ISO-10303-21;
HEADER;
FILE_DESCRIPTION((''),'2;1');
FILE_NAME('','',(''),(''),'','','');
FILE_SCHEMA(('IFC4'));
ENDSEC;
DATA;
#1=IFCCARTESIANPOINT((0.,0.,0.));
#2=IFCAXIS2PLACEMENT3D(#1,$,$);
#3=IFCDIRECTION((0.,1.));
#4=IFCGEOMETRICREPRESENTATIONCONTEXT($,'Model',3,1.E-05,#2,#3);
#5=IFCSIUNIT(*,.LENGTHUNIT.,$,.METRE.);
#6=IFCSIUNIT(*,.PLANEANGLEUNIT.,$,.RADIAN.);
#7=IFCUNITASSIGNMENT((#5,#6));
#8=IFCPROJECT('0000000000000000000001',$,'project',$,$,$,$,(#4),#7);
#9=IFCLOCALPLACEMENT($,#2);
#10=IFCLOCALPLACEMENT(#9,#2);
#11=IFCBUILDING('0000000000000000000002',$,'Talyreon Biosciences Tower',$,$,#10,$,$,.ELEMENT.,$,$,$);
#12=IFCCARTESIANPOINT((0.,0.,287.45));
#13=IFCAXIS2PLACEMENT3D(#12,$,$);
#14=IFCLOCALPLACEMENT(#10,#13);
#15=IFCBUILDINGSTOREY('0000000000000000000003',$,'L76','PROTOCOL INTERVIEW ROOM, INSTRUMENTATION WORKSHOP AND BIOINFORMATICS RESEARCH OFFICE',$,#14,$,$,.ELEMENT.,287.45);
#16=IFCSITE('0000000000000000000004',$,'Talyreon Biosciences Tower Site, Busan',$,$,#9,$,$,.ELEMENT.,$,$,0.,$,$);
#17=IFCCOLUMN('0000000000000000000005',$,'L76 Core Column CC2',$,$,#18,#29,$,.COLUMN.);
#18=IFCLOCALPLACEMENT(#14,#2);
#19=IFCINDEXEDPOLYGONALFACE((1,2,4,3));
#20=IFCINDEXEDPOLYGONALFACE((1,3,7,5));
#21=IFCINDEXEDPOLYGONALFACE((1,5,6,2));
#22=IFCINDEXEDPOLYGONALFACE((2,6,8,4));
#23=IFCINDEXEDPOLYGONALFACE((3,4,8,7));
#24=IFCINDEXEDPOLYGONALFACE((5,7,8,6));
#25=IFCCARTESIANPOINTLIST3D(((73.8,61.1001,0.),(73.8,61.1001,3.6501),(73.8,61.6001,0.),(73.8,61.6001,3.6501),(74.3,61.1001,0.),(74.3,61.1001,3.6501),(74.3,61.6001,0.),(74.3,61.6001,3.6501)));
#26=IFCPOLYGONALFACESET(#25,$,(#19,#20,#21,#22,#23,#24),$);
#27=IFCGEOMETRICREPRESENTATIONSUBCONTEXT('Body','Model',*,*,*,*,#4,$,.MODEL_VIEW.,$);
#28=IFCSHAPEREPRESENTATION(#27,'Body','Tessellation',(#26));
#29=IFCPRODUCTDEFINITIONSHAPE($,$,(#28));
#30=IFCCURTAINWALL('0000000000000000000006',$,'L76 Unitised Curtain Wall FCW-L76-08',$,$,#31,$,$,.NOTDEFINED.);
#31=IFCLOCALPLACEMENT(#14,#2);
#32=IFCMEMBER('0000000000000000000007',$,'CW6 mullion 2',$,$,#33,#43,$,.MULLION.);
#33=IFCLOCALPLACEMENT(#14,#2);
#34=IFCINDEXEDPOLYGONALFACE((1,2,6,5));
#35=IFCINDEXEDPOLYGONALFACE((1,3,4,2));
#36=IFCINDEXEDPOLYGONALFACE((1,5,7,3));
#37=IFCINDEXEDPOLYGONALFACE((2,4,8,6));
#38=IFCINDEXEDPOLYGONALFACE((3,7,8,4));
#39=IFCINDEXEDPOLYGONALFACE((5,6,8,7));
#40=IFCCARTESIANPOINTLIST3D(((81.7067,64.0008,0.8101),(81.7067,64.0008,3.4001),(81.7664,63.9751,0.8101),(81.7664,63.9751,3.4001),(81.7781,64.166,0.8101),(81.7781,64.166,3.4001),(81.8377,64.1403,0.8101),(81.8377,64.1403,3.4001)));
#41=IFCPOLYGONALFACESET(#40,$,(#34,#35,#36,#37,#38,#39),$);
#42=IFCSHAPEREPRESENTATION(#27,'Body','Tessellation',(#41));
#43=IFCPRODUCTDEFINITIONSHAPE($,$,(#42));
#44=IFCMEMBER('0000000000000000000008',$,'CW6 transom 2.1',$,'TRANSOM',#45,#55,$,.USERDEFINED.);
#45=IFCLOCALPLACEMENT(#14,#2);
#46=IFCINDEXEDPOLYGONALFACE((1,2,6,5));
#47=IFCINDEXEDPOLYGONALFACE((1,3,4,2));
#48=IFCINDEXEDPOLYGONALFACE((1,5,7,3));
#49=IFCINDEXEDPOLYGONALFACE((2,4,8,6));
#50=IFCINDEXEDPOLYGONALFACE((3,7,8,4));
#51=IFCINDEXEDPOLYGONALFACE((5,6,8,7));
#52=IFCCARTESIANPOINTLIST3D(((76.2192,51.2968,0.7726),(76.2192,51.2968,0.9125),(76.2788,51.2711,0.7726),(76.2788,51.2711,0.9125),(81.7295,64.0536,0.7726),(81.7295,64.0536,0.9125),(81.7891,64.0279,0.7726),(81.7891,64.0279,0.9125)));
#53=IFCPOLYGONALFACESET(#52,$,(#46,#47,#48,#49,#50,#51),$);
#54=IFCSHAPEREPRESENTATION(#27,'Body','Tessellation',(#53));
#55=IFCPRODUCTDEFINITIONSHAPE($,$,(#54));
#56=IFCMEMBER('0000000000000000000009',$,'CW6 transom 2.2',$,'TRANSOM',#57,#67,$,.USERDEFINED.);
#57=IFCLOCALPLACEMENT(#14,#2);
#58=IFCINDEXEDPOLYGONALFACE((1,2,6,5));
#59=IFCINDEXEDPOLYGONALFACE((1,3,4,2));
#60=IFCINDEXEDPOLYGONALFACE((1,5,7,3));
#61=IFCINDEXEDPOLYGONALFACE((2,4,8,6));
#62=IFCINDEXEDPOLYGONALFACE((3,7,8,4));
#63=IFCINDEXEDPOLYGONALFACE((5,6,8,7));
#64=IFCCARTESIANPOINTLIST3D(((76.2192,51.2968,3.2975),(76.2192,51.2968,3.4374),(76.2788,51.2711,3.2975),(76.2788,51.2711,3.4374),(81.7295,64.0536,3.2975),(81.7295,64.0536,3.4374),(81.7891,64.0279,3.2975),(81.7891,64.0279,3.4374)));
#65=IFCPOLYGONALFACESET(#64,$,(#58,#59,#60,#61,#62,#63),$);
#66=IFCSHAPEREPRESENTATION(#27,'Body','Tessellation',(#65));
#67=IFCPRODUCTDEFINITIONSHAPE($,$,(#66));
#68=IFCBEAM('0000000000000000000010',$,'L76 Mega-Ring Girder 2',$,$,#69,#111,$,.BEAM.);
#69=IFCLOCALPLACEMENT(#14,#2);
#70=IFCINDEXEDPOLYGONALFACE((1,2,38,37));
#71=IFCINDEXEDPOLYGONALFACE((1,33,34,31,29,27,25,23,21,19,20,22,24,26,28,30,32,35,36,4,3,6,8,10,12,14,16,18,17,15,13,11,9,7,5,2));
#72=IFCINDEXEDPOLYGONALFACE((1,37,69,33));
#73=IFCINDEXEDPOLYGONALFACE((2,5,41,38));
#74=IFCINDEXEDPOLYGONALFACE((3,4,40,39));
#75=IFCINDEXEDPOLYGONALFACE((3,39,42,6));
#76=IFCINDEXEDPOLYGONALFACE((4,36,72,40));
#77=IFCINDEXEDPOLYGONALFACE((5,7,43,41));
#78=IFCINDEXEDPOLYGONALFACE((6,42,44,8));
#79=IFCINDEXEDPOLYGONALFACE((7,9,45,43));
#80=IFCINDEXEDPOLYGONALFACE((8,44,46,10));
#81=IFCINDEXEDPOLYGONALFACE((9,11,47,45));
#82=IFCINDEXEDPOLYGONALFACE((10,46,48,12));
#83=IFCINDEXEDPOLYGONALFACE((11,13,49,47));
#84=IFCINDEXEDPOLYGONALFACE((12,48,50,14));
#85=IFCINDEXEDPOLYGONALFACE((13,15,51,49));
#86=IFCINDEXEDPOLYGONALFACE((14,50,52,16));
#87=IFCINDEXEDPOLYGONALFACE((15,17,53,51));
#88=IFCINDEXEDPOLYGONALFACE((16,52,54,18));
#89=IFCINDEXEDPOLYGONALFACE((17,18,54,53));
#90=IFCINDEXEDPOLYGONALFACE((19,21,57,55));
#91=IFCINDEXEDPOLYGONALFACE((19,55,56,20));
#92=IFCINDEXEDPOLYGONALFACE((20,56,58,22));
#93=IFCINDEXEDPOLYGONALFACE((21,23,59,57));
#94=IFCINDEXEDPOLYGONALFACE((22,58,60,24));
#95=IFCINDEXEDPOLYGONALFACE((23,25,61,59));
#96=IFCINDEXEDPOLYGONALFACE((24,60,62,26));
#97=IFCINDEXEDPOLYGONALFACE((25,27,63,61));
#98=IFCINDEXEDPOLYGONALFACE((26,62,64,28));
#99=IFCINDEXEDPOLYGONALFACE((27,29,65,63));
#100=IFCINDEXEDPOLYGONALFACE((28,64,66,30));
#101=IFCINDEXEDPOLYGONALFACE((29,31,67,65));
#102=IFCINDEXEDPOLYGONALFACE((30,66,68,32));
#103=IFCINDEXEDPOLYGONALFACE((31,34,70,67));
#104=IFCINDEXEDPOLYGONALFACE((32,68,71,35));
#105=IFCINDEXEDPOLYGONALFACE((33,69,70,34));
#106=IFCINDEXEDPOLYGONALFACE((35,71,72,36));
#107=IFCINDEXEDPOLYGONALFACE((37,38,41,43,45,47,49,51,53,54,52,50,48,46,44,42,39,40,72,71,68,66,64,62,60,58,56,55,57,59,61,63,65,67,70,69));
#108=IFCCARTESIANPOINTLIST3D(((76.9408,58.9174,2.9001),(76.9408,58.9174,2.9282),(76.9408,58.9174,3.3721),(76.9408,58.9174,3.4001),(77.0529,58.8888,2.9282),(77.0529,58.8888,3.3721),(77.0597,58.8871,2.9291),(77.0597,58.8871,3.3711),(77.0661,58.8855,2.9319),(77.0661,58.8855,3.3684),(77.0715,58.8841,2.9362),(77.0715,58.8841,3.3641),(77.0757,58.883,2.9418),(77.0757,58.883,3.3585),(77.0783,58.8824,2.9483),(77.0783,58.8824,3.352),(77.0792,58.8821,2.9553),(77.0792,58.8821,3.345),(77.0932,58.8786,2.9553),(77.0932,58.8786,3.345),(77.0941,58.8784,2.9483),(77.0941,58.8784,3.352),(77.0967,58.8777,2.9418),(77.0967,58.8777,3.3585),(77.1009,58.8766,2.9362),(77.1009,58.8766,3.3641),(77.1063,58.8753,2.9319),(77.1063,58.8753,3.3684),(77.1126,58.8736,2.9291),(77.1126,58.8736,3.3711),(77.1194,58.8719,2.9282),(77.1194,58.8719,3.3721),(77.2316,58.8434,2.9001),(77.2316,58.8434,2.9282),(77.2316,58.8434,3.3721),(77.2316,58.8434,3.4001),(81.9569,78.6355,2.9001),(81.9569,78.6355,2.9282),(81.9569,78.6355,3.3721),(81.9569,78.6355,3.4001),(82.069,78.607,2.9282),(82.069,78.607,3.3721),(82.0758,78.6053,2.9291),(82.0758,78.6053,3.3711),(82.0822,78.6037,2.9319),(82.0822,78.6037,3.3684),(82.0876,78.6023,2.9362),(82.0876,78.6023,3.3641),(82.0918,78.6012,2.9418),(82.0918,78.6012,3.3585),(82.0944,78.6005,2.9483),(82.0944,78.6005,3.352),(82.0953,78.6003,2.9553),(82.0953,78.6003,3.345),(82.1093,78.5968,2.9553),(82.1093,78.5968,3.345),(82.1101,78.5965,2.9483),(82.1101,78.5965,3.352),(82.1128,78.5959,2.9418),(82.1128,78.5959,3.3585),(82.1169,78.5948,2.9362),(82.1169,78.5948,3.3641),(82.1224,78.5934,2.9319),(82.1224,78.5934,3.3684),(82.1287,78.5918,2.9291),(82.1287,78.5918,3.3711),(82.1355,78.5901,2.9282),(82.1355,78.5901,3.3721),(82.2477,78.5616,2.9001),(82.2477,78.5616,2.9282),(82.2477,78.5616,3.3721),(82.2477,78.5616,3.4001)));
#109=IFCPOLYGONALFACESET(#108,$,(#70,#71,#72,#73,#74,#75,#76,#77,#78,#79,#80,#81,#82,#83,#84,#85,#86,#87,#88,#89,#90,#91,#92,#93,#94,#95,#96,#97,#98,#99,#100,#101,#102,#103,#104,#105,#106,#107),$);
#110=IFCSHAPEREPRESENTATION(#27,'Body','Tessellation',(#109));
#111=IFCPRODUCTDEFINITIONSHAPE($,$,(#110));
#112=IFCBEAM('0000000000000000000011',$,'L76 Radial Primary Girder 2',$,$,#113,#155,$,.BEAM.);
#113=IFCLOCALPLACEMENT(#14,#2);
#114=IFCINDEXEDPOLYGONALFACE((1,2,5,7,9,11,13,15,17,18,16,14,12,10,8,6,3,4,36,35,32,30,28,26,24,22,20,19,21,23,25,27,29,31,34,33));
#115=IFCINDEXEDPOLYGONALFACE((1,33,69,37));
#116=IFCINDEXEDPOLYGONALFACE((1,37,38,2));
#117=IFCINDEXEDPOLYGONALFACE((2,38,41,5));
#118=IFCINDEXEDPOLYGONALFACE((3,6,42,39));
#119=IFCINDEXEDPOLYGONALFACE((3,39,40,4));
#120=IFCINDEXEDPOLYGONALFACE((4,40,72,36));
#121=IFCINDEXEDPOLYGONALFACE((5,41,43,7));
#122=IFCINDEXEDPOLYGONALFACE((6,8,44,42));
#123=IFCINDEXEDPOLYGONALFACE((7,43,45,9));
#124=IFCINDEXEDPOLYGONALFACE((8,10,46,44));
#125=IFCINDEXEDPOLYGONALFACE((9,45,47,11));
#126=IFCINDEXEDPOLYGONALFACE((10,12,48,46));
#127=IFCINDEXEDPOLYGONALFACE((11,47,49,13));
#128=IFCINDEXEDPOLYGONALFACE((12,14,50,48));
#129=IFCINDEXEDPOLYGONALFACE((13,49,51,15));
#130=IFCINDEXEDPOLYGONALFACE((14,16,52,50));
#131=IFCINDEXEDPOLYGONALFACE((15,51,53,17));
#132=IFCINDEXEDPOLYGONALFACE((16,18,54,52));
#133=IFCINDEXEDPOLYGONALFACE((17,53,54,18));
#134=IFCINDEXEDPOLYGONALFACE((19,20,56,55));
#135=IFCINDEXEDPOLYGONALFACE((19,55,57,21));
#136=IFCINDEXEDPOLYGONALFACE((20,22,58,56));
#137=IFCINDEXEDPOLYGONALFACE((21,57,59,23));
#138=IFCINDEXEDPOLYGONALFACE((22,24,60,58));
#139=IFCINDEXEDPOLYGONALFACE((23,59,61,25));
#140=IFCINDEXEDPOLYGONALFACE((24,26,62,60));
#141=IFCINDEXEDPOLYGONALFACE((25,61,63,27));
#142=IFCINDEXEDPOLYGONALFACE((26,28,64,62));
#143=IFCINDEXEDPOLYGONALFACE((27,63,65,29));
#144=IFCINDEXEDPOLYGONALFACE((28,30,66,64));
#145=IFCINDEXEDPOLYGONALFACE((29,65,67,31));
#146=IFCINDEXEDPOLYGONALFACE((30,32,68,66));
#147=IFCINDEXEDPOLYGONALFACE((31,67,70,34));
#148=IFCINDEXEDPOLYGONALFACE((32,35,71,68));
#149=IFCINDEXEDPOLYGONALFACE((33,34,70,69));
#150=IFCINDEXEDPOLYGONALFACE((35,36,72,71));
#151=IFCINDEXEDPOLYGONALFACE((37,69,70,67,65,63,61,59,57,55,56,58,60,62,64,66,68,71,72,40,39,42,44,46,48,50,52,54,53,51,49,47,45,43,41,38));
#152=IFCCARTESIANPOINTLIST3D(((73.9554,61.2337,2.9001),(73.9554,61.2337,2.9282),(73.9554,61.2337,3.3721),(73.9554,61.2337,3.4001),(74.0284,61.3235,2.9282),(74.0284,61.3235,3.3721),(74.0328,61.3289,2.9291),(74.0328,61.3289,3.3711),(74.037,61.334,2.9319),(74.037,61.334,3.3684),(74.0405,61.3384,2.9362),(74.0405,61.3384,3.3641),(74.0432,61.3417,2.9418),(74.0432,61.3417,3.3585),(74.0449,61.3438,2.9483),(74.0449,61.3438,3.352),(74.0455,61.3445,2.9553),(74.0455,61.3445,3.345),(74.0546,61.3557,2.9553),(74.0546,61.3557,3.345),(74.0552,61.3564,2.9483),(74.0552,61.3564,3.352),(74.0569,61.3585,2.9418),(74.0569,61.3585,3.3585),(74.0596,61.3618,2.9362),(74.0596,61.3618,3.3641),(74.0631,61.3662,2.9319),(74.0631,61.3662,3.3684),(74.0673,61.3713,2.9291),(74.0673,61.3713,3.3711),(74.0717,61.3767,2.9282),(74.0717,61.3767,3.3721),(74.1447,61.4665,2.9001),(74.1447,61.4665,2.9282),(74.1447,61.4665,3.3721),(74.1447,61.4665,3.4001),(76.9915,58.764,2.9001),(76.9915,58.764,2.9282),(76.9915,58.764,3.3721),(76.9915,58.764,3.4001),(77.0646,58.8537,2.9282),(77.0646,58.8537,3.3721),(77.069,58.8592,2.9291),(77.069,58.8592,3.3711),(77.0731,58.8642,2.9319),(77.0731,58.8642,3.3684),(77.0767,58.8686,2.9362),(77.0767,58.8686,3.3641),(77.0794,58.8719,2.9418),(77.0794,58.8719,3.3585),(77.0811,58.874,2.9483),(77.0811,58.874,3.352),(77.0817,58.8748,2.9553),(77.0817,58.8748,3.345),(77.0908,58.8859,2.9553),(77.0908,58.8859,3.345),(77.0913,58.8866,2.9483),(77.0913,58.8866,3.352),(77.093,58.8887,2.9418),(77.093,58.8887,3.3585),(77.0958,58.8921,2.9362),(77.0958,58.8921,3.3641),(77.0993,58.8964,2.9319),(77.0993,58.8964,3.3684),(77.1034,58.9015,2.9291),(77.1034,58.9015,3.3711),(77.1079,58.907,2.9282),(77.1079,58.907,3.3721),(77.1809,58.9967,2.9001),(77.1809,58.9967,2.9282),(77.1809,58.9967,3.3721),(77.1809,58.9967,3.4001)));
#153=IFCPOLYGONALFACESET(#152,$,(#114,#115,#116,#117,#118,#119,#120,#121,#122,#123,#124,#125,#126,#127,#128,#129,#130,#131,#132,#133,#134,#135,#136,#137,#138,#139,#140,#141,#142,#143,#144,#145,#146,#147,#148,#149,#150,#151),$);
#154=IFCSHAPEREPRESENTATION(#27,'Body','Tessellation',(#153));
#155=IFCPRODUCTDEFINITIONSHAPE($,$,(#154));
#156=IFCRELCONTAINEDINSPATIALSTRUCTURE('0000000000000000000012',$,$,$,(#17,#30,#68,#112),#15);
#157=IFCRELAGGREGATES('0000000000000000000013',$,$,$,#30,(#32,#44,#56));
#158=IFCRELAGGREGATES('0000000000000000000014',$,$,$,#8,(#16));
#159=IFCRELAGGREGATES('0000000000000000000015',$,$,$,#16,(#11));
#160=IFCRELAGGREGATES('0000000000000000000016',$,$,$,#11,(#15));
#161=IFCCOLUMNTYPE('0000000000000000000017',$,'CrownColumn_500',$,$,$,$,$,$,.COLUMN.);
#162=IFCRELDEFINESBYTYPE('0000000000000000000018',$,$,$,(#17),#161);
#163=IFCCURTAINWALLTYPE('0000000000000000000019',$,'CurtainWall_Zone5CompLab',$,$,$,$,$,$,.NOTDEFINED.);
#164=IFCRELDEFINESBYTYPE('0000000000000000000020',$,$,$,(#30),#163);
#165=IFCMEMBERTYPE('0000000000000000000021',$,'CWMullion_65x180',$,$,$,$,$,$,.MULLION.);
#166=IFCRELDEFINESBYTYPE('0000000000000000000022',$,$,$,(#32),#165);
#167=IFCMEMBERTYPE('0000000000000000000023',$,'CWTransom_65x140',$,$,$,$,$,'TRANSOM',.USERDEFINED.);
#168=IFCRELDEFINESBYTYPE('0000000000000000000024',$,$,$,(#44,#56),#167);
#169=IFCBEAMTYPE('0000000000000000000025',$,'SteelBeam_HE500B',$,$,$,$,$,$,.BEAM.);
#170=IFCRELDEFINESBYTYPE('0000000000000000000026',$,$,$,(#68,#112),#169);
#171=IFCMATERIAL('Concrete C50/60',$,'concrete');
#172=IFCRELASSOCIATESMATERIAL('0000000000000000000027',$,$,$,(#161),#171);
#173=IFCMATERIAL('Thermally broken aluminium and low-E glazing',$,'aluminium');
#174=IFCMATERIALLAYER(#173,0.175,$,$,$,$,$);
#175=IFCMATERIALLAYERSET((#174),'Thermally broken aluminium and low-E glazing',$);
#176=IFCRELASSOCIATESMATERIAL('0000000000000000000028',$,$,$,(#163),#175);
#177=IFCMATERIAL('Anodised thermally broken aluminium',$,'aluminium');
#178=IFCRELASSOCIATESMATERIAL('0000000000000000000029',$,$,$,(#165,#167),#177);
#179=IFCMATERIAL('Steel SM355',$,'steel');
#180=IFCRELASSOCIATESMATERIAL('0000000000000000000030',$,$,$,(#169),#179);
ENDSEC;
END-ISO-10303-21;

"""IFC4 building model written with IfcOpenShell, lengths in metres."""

from ifc_helpers import new_model, si_unit, direction, frame, origin, origin_2d, place, context, subcontext, project, spatial, rectangle, i_section, extrude, material, layer, layer_set, material_profile, profile_set, type_object, element, aggregate, save


model = new_model("IFC4")

# Units and contexts
model_context = context("Model", 3, precision=1e-05, world=origin(), true_north=direction((0.0, 1.0)))
body_context = subcontext(model_context, "Body", "Model", "MODEL_VIEW")
ifc_project = project(units=[si_unit("LENGTHUNIT", "METRE"), si_unit("PLANEANGLEUNIT", "RADIAN")], contexts=[model_context])

# Site, building, storey
site_placement = place(None, origin())
site = spatial("IfcSite", under=ifc_project, at=site_placement, Name="Talyreon Biosciences Tower Site, Busan", CompositionType="ELEMENT", RefElevation=0.0)
building_placement = place(site_placement, origin())
building = spatial("IfcBuilding", under=site, at=building_placement, Name="Talyreon Biosciences Tower", CompositionType="ELEMENT")
storey_placement = place(building_placement, frame((0.0, 0.0, 287.45)))
storey = spatial("IfcBuildingStorey", under=building, at=storey_placement, Name="L76", Description="PROTOCOL INTERVIEW ROOM, INSTRUMENTATION WORKSHOP AND BIOINFORMATICS RESEARCH OFFICE", CompositionType="ELEMENT", Elevation=287.45)

# Column
ifc_material_1 = material(Name="Concrete C50/60", Category="concrete")
ifc_material_profile_1 = material_profile(ifc_material_1, rectangle(XDim=0.5, YDim=0.5, at=origin_2d()), Name="RC 500x500")
ifc_profile_set_1 = profile_set([ifc_material_profile_1], Name="Concrete C50/60")
column_type = type_object("IfcColumnType", Name="CrownColumn_500", PredefinedType="COLUMN", material=ifc_profile_set_1)
column_placement = place(storey_placement, frame((74.05, 61.3501, 0.0), z_axis=(0.0, 0.0, 1.0), x_axis=(1.0, 0.0, 0.0)))
element("IfcColumn", 1, at=column_placement, inside=storey, type_object=column_type, Name="L76 Core Column CC2", PredefinedType="COLUMN", context=body_context, shape_type="SweptSolid", body=[
    extrude(rectangle(XDim=0.5, YDim=0.5, at=origin_2d()), origin(), (0.0, 0.0, 1.0), 3.6501),
])

# Curtain wall, members
ifc_material_2 = material(Name="Thermally broken aluminium and low-E glazing", Category="aluminium")
ifc_layer_1 = layer(ifc_material_2, 0.175)
ifc_layer_set_1 = layer_set([ifc_layer_1], Name="Thermally broken aluminium and low-E glazing")
curtain_wall_type = type_object("IfcCurtainWallType", Name="CurtainWall_Zone5CompLab", PredefinedType="NOTDEFINED", material=ifc_layer_set_1)
curtain_wall_placement = place(storey_placement, origin())
curtain_wall = element("IfcCurtainWall", 2, at=curtain_wall_placement, inside=storey, type_object=curtain_wall_type, Name="L76 Unitised Curtain Wall FCW-L76-08", PredefinedType="NOTDEFINED")
ifc_material_3 = material(Name="Anodised thermally broken aluminium", Category="aluminium")
ifc_material_profile_2 = material_profile(ifc_material_3, rectangle(XDim=0.0649, YDim=0.1799, at=origin_2d()), Name="ALUM MULLION 65x180")
ifc_profile_set_2 = profile_set([ifc_material_profile_2], Name="Anodised thermally broken aluminium")
member_type_1 = type_object("IfcMemberType", Name="CWMullion_65x180", PredefinedType="MULLION", material=ifc_profile_set_2)
member_1_placement = place(storey_placement, frame((81.7722, 64.0706, 0.8101), z_axis=(0.0, 0.0, 1.0), x_axis=(0.918022, -0.396528, 0.0)))
member_1 = element("IfcMember", 3, at=member_1_placement, type_object=member_type_1, Name="CW6 mullion 2", PredefinedType="MULLION", context=body_context, shape_type="SweptSolid", body=[
    extrude(rectangle(XDim=0.0649, YDim=0.1799, at=origin_2d()), origin(), (0.0, 0.0, 1.0), 2.5901),
])
ifc_material_profile_3 = material_profile(ifc_material_3, rectangle(XDim=0.0649, YDim=0.1399, at=origin_2d()), Name="ALUM TRANSOM 65x140")
ifc_profile_set_3 = profile_set([ifc_material_profile_3], Name="Anodised thermally broken aluminium")
member_type_2 = type_object("IfcMemberType", Name="CWTransom_65x140", ElementType="TRANSOM", PredefinedType="USERDEFINED", material=ifc_profile_set_3)
member_2_placement = place(storey_placement, frame((81.7593, 64.0408, 0.8425), z_axis=(-0.396534, -0.91802, 0.0), x_axis=(0.91802, -0.396534, 0.0)))
member_2 = element("IfcMember", 4, at=member_2_placement, type_object=member_type_2, Name="CW6 transom 2.1", ObjectType="TRANSOM", PredefinedType="USERDEFINED", context=body_context, shape_type="SweptSolid", body=[
    extrude(rectangle(XDim=0.0649, YDim=0.1399, at=origin_2d()), origin(), (0.0, 0.0, 1.0), 13.896),
])
member_3_placement = place(storey_placement, frame((81.7593, 64.0408, 3.3674), z_axis=(-0.396534, -0.91802, 0.0), x_axis=(0.91802, -0.396534, 0.0)))
member_3 = element("IfcMember", 5, at=member_3_placement, type_object=member_type_2, Name="CW6 transom 2.2", ObjectType="TRANSOM", PredefinedType="USERDEFINED", context=body_context, shape_type="SweptSolid", body=[
    extrude(rectangle(XDim=0.0649, YDim=0.1399, at=origin_2d()), origin(), (0.0, 0.0, 1.0), 13.896),
])
aggregate(curtain_wall, [member_1, member_2, member_3])

# Beams
ifc_material_4 = material(Name="Steel SM355", Category="steel")
ifc_material_profile_4 = material_profile(ifc_material_4, i_section(OverallWidth=0.3, OverallDepth=0.5, WebThickness=0.0144, FlangeThickness=0.0281, FilletRadius=0.0271, at=origin_2d()), Name="HE500B")
ifc_profile_set_4 = profile_set([ifc_material_profile_4], Name="Steel SM355")
beam_type_1 = type_object("IfcBeamType", Name="SteelBeam_HE500B", PredefinedType="BEAM", material=ifc_profile_set_4)
beam_1_placement = place(storey_placement, frame((77.0862, 58.8804, 3.1501), z_axis=(0.246537, 0.969133, 0.0), x_axis=(-0.969133, 0.246537, 0.0)))
element("IfcBeam", 6, at=beam_1_placement, inside=storey, type_object=beam_type_1, Name="L76 Mega-Ring Girder 2", PredefinedType="BEAM", context=body_context, shape_type="SweptSolid", body=[
    extrude(i_section(OverallWidth=0.3, OverallDepth=0.5, WebThickness=0.0144, FlangeThickness=0.0281, FilletRadius=0.0271, at=origin_2d()), origin(), (0.0, 0.0, 1.0), 20.3462),
])
beam_2_placement = place(storey_placement, frame((74.05, 61.3501, 3.1501), z_axis=(0.775755, -0.631034, 0.0), x_axis=(0.631034, 0.775755, 0.0)))
element("IfcBeam", 7, at=beam_2_placement, inside=storey, type_object=beam_type_1, Name="L76 Radial Primary Girder 2", PredefinedType="BEAM", context=body_context, shape_type="SweptSolid", body=[
    extrude(i_section(OverallWidth=0.3, OverallDepth=0.5, WebThickness=0.0144, FlangeThickness=0.0281, FilletRadius=0.0271, at=origin_2d()), origin(), (0.0, 0.0, 1.0), 3.9138),
])

save(model, "model.ifc")
